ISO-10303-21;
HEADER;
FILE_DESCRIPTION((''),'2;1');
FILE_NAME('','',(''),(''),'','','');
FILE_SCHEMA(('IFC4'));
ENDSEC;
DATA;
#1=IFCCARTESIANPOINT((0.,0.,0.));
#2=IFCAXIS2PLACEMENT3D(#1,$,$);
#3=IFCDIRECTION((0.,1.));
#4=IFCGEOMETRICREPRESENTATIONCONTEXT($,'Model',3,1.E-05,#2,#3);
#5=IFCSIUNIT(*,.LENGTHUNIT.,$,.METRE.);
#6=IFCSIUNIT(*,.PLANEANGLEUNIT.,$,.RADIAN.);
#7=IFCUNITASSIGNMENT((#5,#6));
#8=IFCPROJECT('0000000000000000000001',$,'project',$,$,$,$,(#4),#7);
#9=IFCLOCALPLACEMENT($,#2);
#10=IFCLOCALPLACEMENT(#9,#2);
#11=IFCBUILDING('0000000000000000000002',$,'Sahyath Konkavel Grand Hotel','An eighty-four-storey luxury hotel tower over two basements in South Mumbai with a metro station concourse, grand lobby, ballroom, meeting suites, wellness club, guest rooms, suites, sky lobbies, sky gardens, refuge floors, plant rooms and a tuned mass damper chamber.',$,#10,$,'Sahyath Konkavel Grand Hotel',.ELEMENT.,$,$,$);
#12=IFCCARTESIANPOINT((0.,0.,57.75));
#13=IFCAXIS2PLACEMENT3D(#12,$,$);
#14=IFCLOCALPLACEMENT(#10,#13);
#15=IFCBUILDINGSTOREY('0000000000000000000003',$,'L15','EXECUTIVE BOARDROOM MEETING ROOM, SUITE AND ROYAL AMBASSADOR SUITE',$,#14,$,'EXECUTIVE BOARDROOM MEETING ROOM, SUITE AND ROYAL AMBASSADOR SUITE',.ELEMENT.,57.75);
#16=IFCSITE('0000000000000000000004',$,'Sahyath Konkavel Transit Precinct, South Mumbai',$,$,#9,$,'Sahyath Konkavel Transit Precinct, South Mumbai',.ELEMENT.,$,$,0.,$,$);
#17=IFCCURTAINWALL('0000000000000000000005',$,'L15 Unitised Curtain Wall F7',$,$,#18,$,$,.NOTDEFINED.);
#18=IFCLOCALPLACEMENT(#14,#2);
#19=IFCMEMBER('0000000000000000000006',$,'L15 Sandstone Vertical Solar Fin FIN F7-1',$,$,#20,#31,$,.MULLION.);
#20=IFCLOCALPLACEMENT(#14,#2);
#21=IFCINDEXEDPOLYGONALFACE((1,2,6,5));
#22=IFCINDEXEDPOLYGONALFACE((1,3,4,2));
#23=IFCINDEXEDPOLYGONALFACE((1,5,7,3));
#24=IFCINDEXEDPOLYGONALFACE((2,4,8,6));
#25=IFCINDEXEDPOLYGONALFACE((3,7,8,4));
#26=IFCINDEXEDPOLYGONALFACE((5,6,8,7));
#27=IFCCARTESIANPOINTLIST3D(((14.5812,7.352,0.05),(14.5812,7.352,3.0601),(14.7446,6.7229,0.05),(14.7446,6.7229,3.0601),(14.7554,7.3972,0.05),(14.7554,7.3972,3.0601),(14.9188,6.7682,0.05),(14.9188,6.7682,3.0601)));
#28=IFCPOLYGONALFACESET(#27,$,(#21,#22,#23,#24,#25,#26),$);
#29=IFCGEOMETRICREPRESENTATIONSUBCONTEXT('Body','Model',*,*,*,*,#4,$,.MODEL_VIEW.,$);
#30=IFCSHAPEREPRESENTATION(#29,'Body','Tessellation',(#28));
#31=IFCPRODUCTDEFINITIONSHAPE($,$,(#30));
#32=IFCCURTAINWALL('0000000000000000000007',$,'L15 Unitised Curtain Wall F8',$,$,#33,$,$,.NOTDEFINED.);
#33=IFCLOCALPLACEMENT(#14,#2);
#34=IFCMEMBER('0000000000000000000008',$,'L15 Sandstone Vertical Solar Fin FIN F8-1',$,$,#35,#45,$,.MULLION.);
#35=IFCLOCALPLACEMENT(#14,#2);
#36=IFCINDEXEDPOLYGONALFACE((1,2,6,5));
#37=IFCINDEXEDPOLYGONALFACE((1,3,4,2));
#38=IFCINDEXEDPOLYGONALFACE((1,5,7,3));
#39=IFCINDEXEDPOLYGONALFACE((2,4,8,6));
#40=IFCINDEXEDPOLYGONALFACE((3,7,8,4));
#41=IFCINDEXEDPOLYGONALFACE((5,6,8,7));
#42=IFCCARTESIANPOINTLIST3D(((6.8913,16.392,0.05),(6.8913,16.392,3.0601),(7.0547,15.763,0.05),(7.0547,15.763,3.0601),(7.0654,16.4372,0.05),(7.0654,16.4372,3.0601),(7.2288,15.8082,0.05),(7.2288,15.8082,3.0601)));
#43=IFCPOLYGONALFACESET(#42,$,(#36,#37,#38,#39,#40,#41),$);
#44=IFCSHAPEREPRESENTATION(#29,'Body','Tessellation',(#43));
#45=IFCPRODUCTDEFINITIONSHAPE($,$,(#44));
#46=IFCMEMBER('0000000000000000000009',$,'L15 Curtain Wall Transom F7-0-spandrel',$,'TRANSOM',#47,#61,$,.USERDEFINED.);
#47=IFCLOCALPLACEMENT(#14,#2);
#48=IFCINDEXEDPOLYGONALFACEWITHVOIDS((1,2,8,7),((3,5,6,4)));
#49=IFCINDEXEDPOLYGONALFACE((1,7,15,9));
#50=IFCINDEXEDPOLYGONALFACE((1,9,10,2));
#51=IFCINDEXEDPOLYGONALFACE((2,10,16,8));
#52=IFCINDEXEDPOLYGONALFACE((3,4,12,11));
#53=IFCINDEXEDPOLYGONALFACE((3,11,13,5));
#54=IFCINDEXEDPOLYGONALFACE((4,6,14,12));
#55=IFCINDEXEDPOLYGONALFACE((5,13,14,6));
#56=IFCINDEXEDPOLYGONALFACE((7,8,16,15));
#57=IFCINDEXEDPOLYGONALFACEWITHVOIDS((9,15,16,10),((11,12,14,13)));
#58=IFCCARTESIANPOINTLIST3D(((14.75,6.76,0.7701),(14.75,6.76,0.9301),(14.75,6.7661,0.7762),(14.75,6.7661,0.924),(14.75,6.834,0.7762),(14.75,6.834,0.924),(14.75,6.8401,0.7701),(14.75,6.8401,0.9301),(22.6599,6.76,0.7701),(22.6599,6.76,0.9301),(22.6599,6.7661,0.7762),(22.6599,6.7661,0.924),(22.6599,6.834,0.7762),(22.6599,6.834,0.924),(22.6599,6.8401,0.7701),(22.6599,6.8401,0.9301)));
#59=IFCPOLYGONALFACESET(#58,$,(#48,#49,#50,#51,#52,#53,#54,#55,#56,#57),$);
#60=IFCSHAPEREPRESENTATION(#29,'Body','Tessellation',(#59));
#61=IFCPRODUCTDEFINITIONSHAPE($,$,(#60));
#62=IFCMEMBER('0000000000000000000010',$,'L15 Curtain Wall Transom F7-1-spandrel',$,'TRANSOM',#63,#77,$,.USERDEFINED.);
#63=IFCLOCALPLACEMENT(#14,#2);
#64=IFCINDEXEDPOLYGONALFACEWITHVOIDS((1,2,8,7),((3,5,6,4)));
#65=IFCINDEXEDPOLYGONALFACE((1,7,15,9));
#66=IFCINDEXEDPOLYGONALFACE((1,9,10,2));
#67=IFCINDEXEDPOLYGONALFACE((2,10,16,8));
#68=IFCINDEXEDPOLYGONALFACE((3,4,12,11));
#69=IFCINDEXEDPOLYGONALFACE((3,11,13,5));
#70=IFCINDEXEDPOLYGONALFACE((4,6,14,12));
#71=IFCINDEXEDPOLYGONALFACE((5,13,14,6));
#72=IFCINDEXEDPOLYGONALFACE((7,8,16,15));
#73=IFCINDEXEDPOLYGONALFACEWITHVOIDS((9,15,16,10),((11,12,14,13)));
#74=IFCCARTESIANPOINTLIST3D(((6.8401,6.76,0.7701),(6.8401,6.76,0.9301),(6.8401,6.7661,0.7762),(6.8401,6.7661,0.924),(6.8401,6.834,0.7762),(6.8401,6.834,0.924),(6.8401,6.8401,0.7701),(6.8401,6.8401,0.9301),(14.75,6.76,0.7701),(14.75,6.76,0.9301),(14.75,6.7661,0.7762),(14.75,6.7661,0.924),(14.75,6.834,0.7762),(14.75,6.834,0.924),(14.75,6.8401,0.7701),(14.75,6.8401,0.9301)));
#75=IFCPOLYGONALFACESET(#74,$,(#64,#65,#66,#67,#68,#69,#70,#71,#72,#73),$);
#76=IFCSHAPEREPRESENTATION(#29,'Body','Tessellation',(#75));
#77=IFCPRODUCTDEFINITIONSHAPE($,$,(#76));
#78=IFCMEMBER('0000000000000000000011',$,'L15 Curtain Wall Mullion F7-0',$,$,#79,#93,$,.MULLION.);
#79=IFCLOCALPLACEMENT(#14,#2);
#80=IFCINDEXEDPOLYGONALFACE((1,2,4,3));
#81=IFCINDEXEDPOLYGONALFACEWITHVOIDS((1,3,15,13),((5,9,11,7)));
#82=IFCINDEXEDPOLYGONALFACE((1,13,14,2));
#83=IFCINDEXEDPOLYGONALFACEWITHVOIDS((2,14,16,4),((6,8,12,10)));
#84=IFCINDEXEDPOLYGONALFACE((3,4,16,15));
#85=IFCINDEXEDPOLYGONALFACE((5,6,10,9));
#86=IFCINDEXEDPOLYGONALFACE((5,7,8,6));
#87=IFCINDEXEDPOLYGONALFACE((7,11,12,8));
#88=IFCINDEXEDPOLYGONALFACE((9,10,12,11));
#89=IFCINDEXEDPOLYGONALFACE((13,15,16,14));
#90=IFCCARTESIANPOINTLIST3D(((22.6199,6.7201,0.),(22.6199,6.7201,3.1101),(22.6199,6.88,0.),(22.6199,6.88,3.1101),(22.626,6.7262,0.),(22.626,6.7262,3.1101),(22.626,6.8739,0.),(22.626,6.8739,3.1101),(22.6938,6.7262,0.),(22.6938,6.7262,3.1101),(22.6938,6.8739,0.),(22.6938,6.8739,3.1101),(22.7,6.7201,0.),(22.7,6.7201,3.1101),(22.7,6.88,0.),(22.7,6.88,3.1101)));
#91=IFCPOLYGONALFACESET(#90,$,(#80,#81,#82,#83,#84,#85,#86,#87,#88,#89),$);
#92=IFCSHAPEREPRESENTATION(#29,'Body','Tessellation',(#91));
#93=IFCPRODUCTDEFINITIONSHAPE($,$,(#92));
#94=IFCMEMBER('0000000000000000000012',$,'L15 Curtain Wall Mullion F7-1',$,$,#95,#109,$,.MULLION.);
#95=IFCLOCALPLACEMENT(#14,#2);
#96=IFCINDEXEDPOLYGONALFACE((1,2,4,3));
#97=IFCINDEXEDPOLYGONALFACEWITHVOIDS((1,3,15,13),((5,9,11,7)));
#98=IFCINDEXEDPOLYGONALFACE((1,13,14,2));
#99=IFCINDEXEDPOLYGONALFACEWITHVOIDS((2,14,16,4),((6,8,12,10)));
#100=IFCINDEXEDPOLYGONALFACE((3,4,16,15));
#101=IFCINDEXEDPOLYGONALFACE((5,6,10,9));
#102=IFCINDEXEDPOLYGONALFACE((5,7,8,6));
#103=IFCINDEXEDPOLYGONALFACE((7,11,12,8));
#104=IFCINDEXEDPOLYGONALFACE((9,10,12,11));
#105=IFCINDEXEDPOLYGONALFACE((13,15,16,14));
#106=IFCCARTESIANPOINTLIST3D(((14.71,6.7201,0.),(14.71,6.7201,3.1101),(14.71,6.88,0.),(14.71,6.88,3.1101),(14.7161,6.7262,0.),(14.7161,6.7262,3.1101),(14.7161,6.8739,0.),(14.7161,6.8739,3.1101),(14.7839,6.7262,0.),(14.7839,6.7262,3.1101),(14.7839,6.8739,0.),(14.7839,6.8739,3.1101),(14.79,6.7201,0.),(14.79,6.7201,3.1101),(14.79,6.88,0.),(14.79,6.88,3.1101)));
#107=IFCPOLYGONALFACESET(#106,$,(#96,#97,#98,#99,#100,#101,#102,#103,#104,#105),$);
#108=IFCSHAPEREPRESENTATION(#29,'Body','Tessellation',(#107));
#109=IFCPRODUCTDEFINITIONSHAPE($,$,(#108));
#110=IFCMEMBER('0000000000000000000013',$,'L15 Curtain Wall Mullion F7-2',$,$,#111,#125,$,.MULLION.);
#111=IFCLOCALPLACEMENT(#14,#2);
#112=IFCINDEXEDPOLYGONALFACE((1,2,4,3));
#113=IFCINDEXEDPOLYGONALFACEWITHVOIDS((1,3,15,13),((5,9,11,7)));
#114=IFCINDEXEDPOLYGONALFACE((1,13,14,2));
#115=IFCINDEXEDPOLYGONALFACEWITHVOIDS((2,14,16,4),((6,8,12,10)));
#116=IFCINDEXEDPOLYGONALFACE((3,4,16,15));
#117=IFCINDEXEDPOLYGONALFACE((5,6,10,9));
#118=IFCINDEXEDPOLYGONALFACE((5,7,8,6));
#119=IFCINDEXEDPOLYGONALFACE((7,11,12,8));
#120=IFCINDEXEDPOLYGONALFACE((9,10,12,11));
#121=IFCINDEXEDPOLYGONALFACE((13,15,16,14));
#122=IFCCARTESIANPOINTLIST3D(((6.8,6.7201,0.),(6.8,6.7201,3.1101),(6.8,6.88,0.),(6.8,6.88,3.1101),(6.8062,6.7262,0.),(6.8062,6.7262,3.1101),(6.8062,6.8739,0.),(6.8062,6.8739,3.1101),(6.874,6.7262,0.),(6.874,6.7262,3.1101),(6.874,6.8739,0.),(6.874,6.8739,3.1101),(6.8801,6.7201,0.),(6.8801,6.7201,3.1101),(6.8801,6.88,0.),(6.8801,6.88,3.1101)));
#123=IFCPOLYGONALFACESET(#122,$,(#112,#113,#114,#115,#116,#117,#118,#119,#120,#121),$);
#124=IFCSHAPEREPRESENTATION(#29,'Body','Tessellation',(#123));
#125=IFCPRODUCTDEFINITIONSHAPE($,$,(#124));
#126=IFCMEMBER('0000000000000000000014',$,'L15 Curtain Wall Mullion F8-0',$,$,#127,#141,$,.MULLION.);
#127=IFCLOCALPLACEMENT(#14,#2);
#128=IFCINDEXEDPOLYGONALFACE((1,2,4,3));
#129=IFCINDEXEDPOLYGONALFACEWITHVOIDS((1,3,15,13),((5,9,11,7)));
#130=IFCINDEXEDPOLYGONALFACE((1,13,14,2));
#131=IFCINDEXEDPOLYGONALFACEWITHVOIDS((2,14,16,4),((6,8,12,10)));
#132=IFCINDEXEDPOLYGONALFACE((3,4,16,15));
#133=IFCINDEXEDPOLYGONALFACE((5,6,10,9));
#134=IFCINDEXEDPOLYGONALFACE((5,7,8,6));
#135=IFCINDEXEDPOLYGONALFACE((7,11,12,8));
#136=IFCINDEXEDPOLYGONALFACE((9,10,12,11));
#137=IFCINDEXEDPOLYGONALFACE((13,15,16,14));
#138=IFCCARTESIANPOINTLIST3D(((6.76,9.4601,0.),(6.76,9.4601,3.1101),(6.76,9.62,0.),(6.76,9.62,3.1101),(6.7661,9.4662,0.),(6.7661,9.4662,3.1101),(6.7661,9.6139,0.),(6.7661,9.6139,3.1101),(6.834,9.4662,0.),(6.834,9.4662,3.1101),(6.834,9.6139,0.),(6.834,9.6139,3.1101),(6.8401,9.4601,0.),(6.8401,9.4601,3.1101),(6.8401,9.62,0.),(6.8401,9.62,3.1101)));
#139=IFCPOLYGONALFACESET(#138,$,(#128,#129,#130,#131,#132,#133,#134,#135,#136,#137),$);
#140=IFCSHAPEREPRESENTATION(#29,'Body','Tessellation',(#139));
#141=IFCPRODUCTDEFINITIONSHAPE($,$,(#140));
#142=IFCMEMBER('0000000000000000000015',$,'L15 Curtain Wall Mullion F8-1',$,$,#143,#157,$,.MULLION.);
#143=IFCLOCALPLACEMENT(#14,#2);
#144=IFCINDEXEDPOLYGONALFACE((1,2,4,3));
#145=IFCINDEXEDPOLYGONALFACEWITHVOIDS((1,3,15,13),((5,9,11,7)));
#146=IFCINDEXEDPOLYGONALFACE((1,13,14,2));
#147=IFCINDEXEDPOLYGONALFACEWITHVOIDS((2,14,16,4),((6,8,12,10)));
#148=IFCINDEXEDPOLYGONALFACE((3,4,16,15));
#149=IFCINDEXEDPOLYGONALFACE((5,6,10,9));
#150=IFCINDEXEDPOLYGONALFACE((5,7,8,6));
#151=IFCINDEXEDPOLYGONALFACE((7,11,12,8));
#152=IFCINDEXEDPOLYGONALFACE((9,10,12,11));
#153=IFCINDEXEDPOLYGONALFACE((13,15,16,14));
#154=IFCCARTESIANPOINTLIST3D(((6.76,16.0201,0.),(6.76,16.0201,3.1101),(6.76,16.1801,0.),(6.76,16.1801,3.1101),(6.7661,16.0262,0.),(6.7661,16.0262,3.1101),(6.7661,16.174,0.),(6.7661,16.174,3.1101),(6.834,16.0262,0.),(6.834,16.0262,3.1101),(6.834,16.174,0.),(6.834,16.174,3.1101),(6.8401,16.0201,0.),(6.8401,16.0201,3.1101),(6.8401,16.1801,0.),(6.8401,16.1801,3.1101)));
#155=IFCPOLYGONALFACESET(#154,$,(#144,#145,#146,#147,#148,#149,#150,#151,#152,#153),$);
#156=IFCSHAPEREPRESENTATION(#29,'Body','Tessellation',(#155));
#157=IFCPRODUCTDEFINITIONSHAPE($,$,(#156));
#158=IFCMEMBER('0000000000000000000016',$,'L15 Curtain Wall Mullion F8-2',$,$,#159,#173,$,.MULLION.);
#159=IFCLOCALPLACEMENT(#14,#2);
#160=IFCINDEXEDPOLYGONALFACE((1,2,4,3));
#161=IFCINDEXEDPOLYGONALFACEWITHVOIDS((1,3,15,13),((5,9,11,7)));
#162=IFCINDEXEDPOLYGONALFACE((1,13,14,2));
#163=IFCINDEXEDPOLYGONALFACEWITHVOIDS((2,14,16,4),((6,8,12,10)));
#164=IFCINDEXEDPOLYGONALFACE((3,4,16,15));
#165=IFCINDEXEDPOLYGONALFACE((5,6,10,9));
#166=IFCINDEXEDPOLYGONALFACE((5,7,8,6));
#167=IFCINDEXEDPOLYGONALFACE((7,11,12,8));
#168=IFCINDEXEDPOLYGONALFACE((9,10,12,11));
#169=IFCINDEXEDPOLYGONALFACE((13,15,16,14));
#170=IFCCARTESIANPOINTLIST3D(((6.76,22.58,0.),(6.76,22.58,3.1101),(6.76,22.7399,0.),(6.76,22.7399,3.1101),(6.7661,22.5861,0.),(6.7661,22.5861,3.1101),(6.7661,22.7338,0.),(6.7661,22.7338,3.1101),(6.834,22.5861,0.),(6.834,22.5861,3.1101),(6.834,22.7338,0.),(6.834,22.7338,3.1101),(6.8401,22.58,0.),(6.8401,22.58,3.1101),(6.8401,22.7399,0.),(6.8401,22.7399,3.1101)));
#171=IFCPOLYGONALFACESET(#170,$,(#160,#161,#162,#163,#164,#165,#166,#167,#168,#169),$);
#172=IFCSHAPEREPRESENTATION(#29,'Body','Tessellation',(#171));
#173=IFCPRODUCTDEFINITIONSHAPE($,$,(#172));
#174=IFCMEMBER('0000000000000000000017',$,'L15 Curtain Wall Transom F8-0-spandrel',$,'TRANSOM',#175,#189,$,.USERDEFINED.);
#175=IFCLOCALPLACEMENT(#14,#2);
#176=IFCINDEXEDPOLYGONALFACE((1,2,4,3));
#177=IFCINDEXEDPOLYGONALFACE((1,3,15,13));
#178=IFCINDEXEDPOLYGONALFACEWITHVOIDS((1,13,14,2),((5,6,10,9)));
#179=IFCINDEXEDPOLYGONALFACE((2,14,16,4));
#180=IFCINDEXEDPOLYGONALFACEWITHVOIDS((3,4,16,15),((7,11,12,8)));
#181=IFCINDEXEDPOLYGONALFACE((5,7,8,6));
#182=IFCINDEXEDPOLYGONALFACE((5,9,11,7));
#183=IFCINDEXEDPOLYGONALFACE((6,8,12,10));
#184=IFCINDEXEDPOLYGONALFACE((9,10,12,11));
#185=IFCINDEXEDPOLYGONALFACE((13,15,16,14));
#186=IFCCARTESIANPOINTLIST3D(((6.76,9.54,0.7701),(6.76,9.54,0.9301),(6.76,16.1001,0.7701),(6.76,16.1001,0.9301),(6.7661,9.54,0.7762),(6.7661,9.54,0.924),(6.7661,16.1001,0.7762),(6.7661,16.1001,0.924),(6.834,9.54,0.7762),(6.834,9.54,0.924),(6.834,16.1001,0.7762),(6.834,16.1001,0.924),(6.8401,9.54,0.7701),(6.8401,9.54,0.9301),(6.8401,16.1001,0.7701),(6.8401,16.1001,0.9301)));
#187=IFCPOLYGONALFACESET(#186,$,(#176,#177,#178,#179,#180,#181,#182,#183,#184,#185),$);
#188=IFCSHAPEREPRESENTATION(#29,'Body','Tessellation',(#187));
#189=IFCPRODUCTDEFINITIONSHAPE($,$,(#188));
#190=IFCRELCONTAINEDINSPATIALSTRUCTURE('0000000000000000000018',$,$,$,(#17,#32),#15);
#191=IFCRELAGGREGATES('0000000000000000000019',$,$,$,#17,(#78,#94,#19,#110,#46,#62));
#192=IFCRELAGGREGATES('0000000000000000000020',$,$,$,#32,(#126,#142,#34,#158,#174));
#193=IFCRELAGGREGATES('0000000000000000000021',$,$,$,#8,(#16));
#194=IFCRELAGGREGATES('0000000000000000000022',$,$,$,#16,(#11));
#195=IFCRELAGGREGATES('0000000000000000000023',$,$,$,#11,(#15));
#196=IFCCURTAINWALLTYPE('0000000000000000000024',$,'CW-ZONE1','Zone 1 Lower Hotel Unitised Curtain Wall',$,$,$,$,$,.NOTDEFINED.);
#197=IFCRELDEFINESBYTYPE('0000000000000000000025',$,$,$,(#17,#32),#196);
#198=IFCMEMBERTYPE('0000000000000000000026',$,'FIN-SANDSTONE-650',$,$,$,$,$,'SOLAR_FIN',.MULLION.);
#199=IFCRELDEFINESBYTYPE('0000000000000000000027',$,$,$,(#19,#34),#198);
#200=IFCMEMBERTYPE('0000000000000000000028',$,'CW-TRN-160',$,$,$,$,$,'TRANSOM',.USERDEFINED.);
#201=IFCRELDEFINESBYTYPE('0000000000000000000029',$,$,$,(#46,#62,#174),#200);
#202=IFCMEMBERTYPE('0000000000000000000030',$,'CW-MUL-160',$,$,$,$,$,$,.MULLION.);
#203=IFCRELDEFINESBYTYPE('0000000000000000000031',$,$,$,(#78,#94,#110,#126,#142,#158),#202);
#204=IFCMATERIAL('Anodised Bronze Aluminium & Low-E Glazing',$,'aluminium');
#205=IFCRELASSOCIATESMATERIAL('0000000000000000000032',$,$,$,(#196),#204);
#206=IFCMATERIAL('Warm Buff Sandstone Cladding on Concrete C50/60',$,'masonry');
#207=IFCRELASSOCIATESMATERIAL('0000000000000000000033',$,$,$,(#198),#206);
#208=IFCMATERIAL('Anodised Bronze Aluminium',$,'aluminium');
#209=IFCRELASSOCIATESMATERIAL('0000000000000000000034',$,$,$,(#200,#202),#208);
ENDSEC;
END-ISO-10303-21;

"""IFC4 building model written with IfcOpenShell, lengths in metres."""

from ifc_helpers import new_model, si_unit, direction, frame, origin, origin_2d, place, context, subcontext, project, spatial, rectangle, hollow_rectangle, extrude, source, transform, mapped, material, material_profile, profile_set, type_object, element, aggregate, save


model = new_model("IFC4")

# Units and contexts
model_context = context("Model", 3, precision=1e-05, world=origin(), true_north=direction((0.0, 1.0)))
body_context = subcontext(model_context, "Body", "Model", "MODEL_VIEW")
ifc_project = project(units=[si_unit("LENGTHUNIT", "METRE"), si_unit("PLANEANGLEUNIT", "RADIAN")], contexts=[model_context])

# Site, building, storey
site_placement = place(None, origin())
site = spatial("IfcSite", under=ifc_project, at=site_placement, Name="Sahyath Konkavel Transit Precinct, South Mumbai", LongName="Sahyath Konkavel Transit Precinct, South Mumbai", CompositionType="ELEMENT", RefElevation=0.0)
building_placement = place(site_placement, origin())
building = spatial("IfcBuilding", under=site, at=building_placement, Name="Sahyath Konkavel Grand Hotel", Description="An eighty-four-storey luxury hotel tower over two basements in South Mumbai with a metro station concourse, grand lobby, ballroom, meeting suites, wellness club, guest rooms, suites, sky lobbies, sky gardens, refuge floors, plant rooms and a tuned mass damper chamber.", LongName="Sahyath Konkavel Grand Hotel", CompositionType="ELEMENT")
storey_placement = place(building_placement, frame((0.0, 0.0, 57.75)))
storey = spatial("IfcBuildingStorey", under=building, at=storey_placement, Name="L15", Description="EXECUTIVE BOARDROOM MEETING ROOM, SUITE AND ROYAL AMBASSADOR SUITE", LongName="EXECUTIVE BOARDROOM MEETING ROOM, SUITE AND ROYAL AMBASSADOR SUITE", CompositionType="ELEMENT", Elevation=57.75)

# Curtain walls, members
ifc_material_1 = material(Name="Anodised Bronze Aluminium & Low-E Glazing", Category="aluminium")
curtain_wall_type = type_object("IfcCurtainWallType", Name="CW-ZONE1", Description="Zone 1 Lower Hotel Unitised Curtain Wall", PredefinedType="NOTDEFINED", material=ifc_material_1)
curtain_wall_1_placement = place(storey_placement, origin())
curtain_wall_1 = element("IfcCurtainWall", 1, at=curtain_wall_1_placement, inside=storey, type_object=curtain_wall_type, Name="L15 Unitised Curtain Wall F7", PredefinedType="NOTDEFINED")
ifc_material_2 = material(Name="Warm Buff Sandstone Cladding on Concrete C50/60", Category="masonry")
ifc_material_profile_1 = material_profile(ifc_material_2, rectangle(XDim=0.1799, YDim=0.6499, at=origin_2d()), Name="FIN 180x650")
ifc_profile_set_1 = profile_set([ifc_material_profile_1], Name="Warm Buff Sandstone Cladding on Concrete C50/60")
member_type_1 = type_object("IfcMemberType", Name="FIN-SANDSTONE-650", ElementType="SOLAR_FIN", PredefinedType="MULLION", material=ifc_profile_set_1)
shared_shape_1 = source(origin(), body_context, "Body", "SweptSolid", [
    extrude(rectangle(XDim=0.1799, YDim=0.6499, at=origin_2d()), origin(), (0.0, 0.0, 1.0), 3.01),
])
member_1_placement = place(storey_placement, frame((14.75, 7.0601, 0.05), z_axis=(0.0, 0.0, 1.0), x_axis=(0.967885, 0.251394, 0.0)))
member_1 = element("IfcMember", 2, at=member_1_placement, type_object=member_type_1, Name="L15 Sandstone Vertical Solar Fin FIN F7-1", PredefinedType="MULLION", context=body_context, shape_type="MappedRepresentation", body=[
    mapped(shared_shape_1, transform((0.0, 0.0, 0.0), scale=1.0)),
])
curtain_wall_2_placement = place(storey_placement, origin())
curtain_wall_2 = element("IfcCurtainWall", 3, at=curtain_wall_2_placement, inside=storey, type_object=curtain_wall_type, Name="L15 Unitised Curtain Wall F8", PredefinedType="NOTDEFINED")
member_2_placement = place(storey_placement, frame((7.0601, 16.1001, 0.05), z_axis=(0.0, 0.0, 1.0), x_axis=(0.967885, 0.251394, 0.0)))
member_2 = element("IfcMember", 4, at=member_2_placement, type_object=member_type_1, Name="L15 Sandstone Vertical Solar Fin FIN F8-1", PredefinedType="MULLION", context=body_context, shape_type="MappedRepresentation", body=[
    mapped(shared_shape_1, transform((0.0, 0.0, 0.0), scale=1.0)),
])

# Members
ifc_material_3 = material(Name="Anodised Bronze Aluminium", Category="aluminium")
ifc_material_profile_2 = material_profile(ifc_material_3, hollow_rectangle(XDim=0.0801, YDim=0.1599, WallThickness=0.0061, at=origin_2d()), Name="RHS 160x80x6")
ifc_profile_set_2 = profile_set([ifc_material_profile_2], Name="Anodised Bronze Aluminium")
member_type_2 = type_object("IfcMemberType", Name="CW-TRN-160", ElementType="TRANSOM", PredefinedType="USERDEFINED", material=ifc_profile_set_2)
shared_shape_2 = source(origin(), body_context, "Body", "SweptSolid", [
    extrude(hollow_rectangle(XDim=0.0801, YDim=0.1599, WallThickness=0.0061, at=origin_2d()), origin(), (0.0, 0.0, 1.0), 7.9099),
])
member_3_placement = place(storey_placement, frame((22.6599, 6.8, 0.8501), z_axis=(-1.0, 0.0, 0.0), x_axis=(0.0, -1.0, 0.0)))
member_3 = element("IfcMember", 5, at=member_3_placement, type_object=member_type_2, Name="L15 Curtain Wall Transom F7-0-spandrel", ObjectType="TRANSOM", PredefinedType="USERDEFINED", context=body_context, shape_type="MappedRepresentation", body=[
    mapped(shared_shape_2, transform((0.0, 0.0, 0.0), scale=1.0)),
])
member_4_placement = place(storey_placement, frame((14.75, 6.8, 0.8501), z_axis=(-1.0, 0.0, 0.0), x_axis=(0.0, -1.0, 0.0)))
member_4 = element("IfcMember", 6, at=member_4_placement, type_object=member_type_2, Name="L15 Curtain Wall Transom F7-1-spandrel", ObjectType="TRANSOM", PredefinedType="USERDEFINED", context=body_context, shape_type="MappedRepresentation", body=[
    mapped(shared_shape_2, transform((0.0, 0.0, 0.0), scale=1.0)),
])
ifc_material_profile_3 = material_profile(ifc_material_3, hollow_rectangle(XDim=0.0801, YDim=0.1599, WallThickness=0.0061, at=origin_2d()), Name="RHS 160x80x6")
ifc_profile_set_3 = profile_set([ifc_material_profile_3], Name="Anodised Bronze Aluminium")
member_type_3 = type_object("IfcMemberType", Name="CW-MUL-160", PredefinedType="MULLION", material=ifc_profile_set_3)
shared_shape_3 = source(origin(), body_context, "Body", "SweptSolid", [
    extrude(hollow_rectangle(XDim=0.0801, YDim=0.1599, WallThickness=0.0061, at=origin_2d()), origin(), (0.0, 0.0, 1.0), 3.1101),
])
member_5_placement = place(storey_placement, frame((22.6599, 6.8, 0.0), z_axis=(0.0, 0.0, 1.0), x_axis=(1.0, 0.0, 0.0)))
member_5 = element("IfcMember", 7, at=member_5_placement, type_object=member_type_3, Name="L15 Curtain Wall Mullion F7-0", PredefinedType="MULLION", context=body_context, shape_type="MappedRepresentation", body=[
    mapped(shared_shape_3, transform((0.0, 0.0, 0.0), scale=1.0)),
])
member_6_placement = place(storey_placement, frame((14.75, 6.8, 0.0), z_axis=(0.0, 0.0, 1.0), x_axis=(1.0, 0.0, 0.0)))
member_6 = element("IfcMember", 8, at=member_6_placement, type_object=member_type_3, Name="L15 Curtain Wall Mullion F7-1", PredefinedType="MULLION", context=body_context, shape_type="MappedRepresentation", body=[
    mapped(shared_shape_3, transform((0.0, 0.0, 0.0), scale=1.0)),
])
member_7_placement = place(storey_placement, frame((6.8401, 6.8, 0.0), z_axis=(0.0, 0.0, 1.0), x_axis=(1.0, 0.0, 0.0)))
member_7 = element("IfcMember", 9, at=member_7_placement, type_object=member_type_3, Name="L15 Curtain Wall Mullion F7-2", PredefinedType="MULLION", context=body_context, shape_type="MappedRepresentation", body=[
    mapped(shared_shape_3, transform((0.0, 0.0, 0.0), scale=1.0)),
])
member_8_placement = place(storey_placement, frame((6.8, 9.54, 0.0), z_axis=(0.0, 0.0, 1.0), x_axis=(1.0, 0.0, 0.0)))
member_8 = element("IfcMember", 10, at=member_8_placement, type_object=member_type_3, Name="L15 Curtain Wall Mullion F8-0", PredefinedType="MULLION", context=body_context, shape_type="MappedRepresentation", body=[
    mapped(shared_shape_3, transform((0.0, 0.0, 0.0), scale=1.0)),
])
member_9_placement = place(storey_placement, frame((6.8, 16.1001, 0.0), z_axis=(0.0, 0.0, 1.0), x_axis=(1.0, 0.0, 0.0)))
member_9 = element("IfcMember", 11, at=member_9_placement, type_object=member_type_3, Name="L15 Curtain Wall Mullion F8-1", PredefinedType="MULLION", context=body_context, shape_type="MappedRepresentation", body=[
    mapped(shared_shape_3, transform((0.0, 0.0, 0.0), scale=1.0)),
])
member_10_placement = place(storey_placement, frame((6.8, 22.6599, 0.0), z_axis=(0.0, 0.0, 1.0), x_axis=(1.0, 0.0, 0.0)))
member_10 = element("IfcMember", 12, at=member_10_placement, type_object=member_type_3, Name="L15 Curtain Wall Mullion F8-2", PredefinedType="MULLION", context=body_context, shape_type="MappedRepresentation", body=[
    mapped(shared_shape_3, transform((0.0, 0.0, 0.0), scale=1.0)),
])
shared_shape_4 = source(origin(), body_context, "Body", "SweptSolid", [
    extrude(hollow_rectangle(XDim=0.0801, YDim=0.1599, WallThickness=0.0061, at=origin_2d()), origin(), (0.0, 0.0, 1.0), 6.5601),
])
member_11_placement = place(storey_placement, frame((6.8, 9.54, 0.8501), z_axis=(0.0, 1.0, 0.0), x_axis=(-1.0, 0.0, 0.0)))
member_11 = element("IfcMember", 13, at=member_11_placement, type_object=member_type_2, Name="L15 Curtain Wall Transom F8-0-spandrel", ObjectType="TRANSOM", PredefinedType="USERDEFINED", context=body_context, shape_type="MappedRepresentation", body=[
    mapped(shared_shape_4, transform((0.0, 0.0, 0.0), scale=1.0)),
])

aggregate(curtain_wall_1, [member_5, member_6, member_1, member_7, member_3, member_4])
aggregate(curtain_wall_2, [member_8, member_9, member_2, member_10, member_11])

save(model, "model.ifc")
